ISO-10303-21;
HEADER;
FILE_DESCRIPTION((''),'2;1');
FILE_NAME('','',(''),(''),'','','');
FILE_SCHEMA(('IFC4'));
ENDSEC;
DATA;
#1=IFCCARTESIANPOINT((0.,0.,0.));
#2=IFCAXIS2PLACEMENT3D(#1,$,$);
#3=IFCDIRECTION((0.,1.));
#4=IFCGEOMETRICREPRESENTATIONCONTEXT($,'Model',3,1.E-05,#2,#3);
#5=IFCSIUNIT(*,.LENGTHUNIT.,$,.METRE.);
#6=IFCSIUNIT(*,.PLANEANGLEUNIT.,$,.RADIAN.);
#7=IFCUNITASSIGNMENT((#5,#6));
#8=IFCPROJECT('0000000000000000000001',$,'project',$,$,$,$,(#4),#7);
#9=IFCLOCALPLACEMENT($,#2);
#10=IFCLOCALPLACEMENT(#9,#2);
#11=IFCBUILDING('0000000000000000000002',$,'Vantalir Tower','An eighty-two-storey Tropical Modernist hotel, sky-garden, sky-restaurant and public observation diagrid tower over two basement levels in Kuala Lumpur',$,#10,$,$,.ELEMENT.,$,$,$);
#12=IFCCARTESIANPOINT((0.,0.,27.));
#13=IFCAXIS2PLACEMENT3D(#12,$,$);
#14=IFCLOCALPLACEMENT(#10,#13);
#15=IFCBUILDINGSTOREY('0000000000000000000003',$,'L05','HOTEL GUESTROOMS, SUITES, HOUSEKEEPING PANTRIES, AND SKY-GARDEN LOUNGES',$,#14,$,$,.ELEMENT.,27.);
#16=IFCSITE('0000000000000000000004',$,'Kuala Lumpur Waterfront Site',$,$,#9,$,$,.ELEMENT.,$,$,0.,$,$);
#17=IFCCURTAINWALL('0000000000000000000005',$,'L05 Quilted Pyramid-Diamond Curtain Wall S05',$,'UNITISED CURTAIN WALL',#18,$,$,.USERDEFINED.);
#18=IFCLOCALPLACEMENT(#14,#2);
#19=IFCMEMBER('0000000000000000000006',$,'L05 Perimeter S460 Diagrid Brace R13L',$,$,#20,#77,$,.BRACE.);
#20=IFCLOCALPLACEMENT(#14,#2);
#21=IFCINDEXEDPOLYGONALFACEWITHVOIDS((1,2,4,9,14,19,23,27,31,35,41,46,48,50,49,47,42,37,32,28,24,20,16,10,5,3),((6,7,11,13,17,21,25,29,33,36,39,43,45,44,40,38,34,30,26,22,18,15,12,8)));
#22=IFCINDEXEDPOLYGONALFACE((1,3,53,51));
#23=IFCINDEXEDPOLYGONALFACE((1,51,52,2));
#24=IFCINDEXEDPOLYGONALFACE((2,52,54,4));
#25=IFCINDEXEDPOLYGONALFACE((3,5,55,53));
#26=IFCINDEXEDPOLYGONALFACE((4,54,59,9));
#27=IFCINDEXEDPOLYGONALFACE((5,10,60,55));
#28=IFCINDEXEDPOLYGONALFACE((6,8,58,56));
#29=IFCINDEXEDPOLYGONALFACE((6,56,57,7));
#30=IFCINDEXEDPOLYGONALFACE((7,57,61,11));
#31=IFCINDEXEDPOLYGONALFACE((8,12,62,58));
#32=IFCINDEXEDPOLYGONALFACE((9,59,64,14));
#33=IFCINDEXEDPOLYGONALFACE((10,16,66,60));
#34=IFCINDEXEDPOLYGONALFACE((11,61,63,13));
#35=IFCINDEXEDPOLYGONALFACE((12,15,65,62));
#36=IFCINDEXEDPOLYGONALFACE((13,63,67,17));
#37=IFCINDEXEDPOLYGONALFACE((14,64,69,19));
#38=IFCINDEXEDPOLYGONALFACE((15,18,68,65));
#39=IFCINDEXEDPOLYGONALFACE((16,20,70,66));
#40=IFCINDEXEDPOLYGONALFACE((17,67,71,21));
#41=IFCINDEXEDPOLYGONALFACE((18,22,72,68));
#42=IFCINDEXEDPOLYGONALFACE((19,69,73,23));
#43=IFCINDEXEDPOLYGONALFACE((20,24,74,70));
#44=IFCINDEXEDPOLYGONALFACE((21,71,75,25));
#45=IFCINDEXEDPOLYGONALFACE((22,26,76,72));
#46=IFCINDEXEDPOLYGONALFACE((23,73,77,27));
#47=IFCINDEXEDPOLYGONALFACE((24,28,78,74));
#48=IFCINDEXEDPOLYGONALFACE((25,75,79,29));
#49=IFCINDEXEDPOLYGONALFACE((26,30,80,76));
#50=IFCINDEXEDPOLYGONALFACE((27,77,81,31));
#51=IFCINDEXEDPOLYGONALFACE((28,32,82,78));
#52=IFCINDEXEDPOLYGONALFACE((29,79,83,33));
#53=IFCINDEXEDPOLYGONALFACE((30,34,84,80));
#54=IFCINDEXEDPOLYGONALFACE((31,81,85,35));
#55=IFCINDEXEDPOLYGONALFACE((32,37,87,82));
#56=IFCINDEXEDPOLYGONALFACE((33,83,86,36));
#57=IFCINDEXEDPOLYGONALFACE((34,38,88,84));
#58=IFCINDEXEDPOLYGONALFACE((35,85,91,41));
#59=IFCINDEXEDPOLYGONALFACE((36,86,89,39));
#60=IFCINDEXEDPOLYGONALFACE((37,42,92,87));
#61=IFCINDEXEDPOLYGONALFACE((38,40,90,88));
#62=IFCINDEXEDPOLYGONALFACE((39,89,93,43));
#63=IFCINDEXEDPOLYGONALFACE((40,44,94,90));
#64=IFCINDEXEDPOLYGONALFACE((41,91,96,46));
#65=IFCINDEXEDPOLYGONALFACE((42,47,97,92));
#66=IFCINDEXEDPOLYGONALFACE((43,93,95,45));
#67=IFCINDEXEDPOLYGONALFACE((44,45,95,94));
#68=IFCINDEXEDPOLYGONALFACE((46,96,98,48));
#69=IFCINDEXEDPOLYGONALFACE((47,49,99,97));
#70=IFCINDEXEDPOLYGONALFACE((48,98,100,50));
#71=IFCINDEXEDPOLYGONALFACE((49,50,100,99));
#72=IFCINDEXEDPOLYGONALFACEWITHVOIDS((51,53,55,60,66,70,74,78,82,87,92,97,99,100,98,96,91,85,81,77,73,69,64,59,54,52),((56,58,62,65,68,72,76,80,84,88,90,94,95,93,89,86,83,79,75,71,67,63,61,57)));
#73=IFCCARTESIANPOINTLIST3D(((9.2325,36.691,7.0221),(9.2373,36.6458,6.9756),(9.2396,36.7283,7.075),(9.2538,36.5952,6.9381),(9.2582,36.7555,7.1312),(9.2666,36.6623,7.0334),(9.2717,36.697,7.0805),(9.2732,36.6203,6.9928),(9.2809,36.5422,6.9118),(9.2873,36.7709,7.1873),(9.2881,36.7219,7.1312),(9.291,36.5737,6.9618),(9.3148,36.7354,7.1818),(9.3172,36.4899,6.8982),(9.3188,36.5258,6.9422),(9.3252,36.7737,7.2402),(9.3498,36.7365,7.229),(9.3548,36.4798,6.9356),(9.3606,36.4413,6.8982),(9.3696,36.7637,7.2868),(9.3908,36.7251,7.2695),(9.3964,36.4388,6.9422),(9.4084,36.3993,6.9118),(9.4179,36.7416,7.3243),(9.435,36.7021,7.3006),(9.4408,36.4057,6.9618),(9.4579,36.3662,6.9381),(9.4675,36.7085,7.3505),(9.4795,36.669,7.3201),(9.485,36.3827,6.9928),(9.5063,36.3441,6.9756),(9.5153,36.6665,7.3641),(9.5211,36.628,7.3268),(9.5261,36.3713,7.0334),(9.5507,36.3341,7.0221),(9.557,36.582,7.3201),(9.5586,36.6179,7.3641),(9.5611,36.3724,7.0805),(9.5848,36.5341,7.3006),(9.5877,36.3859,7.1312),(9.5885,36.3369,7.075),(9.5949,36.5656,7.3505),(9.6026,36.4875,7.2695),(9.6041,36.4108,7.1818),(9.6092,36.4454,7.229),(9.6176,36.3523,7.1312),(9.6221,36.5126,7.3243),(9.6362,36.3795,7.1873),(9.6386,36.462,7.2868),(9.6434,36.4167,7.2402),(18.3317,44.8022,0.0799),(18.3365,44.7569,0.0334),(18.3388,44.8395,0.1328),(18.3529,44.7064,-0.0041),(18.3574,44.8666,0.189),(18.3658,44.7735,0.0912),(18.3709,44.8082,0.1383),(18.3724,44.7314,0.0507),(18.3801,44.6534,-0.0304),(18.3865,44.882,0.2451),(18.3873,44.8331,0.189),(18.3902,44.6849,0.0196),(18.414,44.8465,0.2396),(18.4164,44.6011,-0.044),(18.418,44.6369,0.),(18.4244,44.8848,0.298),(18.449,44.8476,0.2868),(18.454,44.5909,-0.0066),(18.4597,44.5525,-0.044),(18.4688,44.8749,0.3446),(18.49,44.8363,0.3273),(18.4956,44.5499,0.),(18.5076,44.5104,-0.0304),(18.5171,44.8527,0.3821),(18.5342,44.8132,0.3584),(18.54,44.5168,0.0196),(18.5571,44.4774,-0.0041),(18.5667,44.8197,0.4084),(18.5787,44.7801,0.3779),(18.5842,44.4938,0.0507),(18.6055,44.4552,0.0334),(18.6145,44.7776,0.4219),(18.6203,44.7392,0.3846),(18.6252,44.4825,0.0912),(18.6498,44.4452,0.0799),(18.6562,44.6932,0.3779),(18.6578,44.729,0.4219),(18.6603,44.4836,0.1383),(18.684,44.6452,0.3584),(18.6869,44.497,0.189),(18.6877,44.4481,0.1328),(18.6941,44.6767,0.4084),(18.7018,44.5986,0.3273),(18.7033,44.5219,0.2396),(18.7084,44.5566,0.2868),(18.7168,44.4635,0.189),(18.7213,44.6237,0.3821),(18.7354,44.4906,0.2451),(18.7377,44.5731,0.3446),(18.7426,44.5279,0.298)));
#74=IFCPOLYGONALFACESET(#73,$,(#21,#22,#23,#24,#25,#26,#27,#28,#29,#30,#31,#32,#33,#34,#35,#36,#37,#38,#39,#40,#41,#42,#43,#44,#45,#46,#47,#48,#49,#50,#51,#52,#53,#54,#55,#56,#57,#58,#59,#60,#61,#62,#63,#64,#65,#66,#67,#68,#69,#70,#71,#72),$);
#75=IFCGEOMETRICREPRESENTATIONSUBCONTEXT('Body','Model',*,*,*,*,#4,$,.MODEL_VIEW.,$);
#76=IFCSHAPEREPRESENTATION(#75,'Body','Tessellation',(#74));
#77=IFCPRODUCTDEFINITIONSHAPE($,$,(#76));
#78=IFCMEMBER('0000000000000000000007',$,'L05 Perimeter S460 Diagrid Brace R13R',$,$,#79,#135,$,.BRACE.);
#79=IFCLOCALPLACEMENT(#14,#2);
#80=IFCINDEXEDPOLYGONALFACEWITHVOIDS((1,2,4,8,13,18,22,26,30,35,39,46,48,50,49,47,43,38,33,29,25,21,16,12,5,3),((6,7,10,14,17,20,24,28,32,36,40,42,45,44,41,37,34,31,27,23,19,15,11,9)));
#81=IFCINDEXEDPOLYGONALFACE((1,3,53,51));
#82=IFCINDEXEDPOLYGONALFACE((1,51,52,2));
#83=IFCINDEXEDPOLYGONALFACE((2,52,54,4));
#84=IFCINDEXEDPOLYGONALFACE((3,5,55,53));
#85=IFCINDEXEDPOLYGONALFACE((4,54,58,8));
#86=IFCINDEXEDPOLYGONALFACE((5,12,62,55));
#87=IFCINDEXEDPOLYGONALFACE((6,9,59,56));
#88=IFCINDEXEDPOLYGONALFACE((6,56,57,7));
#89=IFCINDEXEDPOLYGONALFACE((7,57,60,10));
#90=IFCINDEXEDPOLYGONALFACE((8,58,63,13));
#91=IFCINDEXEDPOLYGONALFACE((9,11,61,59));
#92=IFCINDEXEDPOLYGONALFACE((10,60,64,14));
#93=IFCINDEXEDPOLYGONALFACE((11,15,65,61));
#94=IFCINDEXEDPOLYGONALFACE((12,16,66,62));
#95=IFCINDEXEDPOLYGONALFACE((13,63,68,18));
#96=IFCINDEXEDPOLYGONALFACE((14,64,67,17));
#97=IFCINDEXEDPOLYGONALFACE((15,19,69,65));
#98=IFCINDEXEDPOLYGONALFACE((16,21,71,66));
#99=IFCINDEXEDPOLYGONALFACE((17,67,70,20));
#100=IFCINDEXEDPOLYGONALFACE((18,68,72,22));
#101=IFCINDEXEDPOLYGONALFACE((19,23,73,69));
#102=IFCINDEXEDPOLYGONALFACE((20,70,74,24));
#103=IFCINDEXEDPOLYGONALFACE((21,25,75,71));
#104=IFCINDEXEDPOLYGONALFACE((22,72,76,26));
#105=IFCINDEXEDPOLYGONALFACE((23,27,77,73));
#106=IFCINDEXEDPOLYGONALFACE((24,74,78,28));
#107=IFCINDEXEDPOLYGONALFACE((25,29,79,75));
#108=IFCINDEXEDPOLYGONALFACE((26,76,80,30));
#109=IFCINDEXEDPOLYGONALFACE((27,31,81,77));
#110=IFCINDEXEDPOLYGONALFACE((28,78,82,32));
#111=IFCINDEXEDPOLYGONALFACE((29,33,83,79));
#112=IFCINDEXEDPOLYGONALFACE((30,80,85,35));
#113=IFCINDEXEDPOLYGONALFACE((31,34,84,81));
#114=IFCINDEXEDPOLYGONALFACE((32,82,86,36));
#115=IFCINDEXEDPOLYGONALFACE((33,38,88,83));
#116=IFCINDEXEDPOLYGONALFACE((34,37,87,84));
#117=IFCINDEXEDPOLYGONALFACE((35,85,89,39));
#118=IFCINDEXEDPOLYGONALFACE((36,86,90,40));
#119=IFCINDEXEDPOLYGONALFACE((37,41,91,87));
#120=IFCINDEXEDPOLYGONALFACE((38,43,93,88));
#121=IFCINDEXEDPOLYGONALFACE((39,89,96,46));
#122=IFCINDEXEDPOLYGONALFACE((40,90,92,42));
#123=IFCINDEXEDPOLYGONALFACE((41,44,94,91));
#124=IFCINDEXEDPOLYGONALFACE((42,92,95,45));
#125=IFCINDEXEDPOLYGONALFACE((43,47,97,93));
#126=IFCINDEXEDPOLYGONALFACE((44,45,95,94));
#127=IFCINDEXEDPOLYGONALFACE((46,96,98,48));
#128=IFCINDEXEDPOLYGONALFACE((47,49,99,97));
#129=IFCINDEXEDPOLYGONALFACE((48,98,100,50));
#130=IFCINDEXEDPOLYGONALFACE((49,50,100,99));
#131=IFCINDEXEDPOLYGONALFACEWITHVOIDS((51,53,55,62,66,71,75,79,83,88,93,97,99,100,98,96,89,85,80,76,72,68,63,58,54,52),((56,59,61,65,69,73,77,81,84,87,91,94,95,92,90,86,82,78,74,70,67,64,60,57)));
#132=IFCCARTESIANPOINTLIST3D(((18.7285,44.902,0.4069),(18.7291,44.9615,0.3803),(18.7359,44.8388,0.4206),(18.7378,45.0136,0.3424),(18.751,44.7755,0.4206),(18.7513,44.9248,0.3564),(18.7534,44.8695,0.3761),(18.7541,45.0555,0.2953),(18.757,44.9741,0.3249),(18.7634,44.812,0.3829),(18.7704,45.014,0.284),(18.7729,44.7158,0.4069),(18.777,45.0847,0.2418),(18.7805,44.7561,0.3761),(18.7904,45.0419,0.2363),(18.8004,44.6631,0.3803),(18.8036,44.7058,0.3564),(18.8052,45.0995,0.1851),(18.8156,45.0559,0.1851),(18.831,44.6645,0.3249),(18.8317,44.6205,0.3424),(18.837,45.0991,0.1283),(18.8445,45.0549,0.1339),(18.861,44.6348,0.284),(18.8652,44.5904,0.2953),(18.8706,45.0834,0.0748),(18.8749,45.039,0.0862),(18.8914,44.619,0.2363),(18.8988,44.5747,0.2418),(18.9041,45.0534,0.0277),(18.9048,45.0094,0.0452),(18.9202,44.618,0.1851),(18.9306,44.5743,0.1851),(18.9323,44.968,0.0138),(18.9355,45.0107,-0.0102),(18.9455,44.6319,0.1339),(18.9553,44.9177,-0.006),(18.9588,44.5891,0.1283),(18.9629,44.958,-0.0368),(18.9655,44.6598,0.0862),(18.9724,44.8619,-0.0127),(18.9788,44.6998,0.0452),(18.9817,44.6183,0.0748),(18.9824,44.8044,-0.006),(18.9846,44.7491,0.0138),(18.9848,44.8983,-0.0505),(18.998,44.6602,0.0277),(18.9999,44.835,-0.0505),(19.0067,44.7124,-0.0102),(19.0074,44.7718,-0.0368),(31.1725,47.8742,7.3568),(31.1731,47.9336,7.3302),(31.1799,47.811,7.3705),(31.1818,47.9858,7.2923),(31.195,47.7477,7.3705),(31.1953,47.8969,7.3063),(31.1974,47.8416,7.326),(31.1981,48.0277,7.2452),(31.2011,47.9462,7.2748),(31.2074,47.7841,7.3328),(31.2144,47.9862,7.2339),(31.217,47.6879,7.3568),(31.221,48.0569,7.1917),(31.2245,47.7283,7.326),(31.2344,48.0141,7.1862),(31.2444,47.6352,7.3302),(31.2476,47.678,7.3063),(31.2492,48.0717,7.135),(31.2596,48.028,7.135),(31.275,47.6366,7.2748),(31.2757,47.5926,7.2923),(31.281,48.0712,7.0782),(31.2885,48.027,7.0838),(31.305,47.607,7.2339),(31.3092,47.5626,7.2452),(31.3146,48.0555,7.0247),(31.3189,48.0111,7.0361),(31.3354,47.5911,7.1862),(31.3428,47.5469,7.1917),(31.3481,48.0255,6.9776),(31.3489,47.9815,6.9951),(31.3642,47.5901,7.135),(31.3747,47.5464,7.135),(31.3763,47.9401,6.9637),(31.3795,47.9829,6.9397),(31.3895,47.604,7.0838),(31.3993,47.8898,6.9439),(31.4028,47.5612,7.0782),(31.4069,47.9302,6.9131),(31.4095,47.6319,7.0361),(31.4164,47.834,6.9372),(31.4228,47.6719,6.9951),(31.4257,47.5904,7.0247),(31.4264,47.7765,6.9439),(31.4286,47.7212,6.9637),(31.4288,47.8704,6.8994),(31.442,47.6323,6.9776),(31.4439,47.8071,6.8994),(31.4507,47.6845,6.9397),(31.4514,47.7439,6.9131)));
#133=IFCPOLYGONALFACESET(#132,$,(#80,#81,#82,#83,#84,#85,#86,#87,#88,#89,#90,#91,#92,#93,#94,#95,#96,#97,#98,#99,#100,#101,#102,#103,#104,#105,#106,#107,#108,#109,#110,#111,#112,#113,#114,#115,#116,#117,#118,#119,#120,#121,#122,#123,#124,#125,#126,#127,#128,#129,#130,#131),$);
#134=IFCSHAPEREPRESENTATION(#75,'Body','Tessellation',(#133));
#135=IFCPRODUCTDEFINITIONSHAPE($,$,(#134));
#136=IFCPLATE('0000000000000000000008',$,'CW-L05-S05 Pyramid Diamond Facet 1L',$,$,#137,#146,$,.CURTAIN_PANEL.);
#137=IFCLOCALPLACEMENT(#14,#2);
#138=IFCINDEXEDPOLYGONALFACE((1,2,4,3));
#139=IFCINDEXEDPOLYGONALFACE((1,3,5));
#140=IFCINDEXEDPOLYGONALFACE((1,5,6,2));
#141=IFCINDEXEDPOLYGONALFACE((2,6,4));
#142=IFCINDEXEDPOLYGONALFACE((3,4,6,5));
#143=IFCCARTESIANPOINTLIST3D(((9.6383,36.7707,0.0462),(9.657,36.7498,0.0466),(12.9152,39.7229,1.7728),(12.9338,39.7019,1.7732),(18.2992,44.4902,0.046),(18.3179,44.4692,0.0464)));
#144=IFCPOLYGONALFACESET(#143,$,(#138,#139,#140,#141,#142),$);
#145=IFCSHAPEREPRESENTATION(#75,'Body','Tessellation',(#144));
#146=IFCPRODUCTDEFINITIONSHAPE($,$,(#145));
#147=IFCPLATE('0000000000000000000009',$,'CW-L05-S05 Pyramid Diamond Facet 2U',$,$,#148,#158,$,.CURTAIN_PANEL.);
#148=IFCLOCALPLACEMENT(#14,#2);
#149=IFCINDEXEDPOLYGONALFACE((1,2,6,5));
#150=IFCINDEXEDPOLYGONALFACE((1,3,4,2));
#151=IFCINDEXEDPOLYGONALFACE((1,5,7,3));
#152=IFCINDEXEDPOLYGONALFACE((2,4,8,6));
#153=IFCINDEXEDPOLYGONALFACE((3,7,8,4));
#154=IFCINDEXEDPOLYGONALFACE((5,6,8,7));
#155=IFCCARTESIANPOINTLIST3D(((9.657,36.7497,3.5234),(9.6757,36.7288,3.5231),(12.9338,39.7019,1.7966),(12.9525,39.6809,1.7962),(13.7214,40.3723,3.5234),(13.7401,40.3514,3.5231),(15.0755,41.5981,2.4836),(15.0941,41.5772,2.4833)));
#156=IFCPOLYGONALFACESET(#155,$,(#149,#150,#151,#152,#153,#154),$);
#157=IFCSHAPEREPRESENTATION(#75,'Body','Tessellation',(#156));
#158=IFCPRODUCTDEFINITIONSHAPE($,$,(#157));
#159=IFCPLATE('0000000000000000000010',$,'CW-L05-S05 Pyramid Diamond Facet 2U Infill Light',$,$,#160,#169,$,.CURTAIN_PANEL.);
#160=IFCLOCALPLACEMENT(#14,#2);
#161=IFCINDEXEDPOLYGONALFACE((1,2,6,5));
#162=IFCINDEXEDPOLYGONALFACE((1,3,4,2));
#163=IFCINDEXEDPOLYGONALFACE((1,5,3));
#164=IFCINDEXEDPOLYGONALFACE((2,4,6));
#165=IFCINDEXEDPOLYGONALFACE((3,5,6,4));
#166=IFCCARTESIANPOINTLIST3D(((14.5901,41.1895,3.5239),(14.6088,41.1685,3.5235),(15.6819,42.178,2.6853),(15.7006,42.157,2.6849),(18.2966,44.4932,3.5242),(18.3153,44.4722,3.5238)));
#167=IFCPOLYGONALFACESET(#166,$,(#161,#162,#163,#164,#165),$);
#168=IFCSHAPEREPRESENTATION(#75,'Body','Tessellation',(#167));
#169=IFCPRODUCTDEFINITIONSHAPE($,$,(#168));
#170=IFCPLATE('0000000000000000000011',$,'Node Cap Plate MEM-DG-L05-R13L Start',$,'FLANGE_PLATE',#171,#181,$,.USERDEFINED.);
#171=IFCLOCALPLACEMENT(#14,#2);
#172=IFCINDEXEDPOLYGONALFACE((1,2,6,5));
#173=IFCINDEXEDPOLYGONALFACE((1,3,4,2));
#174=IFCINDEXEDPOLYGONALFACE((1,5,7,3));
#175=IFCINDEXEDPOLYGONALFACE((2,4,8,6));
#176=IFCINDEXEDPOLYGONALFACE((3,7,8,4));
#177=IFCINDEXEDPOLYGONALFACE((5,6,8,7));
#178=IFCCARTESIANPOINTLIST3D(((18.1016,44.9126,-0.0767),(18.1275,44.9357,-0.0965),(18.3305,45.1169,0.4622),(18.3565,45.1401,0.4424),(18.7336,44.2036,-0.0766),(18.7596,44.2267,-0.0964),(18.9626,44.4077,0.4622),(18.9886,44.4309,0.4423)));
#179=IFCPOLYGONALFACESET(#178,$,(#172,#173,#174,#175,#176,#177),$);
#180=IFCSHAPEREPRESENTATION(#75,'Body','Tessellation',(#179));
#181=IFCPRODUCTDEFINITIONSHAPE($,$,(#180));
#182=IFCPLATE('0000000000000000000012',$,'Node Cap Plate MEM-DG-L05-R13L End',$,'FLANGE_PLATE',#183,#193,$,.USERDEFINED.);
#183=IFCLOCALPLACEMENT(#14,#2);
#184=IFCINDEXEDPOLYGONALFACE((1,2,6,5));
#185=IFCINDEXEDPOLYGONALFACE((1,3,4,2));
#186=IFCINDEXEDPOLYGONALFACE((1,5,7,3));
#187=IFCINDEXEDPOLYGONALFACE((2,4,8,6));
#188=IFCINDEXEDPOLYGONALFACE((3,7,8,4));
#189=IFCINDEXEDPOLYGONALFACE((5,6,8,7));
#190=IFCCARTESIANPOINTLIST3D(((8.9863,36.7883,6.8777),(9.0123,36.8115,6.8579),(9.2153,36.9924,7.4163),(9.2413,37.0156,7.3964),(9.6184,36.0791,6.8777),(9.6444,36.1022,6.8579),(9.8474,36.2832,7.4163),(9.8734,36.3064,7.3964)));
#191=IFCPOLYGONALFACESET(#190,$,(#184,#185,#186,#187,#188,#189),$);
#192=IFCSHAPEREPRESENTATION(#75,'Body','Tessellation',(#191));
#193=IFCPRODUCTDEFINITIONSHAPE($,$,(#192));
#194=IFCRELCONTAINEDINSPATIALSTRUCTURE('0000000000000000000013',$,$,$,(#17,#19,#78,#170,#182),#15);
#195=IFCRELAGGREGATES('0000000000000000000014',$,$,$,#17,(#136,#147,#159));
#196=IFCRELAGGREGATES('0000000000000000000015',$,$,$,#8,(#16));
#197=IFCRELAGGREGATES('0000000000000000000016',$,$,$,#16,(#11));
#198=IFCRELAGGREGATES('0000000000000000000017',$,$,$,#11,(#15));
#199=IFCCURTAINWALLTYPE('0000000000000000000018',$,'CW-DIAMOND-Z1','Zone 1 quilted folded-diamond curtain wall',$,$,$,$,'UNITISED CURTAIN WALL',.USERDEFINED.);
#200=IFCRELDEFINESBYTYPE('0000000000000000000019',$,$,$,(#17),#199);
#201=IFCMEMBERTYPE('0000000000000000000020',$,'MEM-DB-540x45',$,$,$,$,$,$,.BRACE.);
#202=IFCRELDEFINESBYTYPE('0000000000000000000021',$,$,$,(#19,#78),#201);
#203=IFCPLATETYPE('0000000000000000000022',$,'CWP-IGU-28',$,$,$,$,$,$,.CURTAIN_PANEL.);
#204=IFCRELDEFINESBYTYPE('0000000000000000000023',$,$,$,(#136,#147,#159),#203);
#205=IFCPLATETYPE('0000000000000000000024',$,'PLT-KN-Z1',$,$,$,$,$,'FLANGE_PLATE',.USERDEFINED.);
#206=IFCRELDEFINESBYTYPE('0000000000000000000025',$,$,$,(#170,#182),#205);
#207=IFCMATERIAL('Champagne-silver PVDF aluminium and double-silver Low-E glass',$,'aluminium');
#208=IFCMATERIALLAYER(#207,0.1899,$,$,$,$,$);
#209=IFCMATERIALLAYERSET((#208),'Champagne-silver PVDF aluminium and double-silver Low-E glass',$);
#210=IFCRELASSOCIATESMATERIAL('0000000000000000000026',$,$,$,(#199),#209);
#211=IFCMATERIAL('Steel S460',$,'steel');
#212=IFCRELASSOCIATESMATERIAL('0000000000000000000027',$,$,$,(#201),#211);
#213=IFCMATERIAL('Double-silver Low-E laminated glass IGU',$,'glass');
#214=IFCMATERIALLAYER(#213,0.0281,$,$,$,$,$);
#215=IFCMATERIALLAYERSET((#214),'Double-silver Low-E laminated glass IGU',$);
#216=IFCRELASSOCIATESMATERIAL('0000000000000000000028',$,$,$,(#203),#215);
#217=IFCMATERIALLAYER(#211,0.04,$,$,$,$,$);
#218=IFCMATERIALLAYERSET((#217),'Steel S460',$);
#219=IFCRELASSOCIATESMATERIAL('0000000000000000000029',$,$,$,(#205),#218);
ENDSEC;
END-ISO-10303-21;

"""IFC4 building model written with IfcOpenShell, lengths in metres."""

from ifc_helpers import new_model, si_unit, direction, frame, origin, origin_2d, place, context, subcontext, project, spatial, polyline, hollow_circle, outline, extrude, material, layer, layer_set, material_profile, profile_set, type_object, element, aggregate, save


model = new_model("IFC4")

# Units and contexts
model_context = context("Model", 3, precision=1e-05, world=origin(), true_north=direction((0.0, 1.0)))
body_context = subcontext(model_context, "Body", "Model", "MODEL_VIEW")
ifc_project = project(units=[si_unit("LENGTHUNIT", "METRE"), si_unit("PLANEANGLEUNIT", "RADIAN")], contexts=[model_context])

# Site, building, storey
site_placement = place(None, origin())
site = spatial("IfcSite", under=ifc_project, at=site_placement, Name="Kuala Lumpur Waterfront Site", CompositionType="ELEMENT", RefElevation=0.0)
building_placement = place(site_placement, origin())
building = spatial("IfcBuilding", under=site, at=building_placement, Name="Vantalir Tower", Description="An eighty-two-storey Tropical Modernist hotel, sky-garden, sky-restaurant and public observation diagrid tower over two basement levels in Kuala Lumpur", CompositionType="ELEMENT")
storey_placement = place(building_placement, frame((0.0, 0.0, 27.0)))
storey = spatial("IfcBuildingStorey", under=building, at=storey_placement, Name="L05", Description="HOTEL GUESTROOMS, SUITES, HOUSEKEEPING PANTRIES, AND SKY-GARDEN LOUNGES", CompositionType="ELEMENT", Elevation=27.0)

# Shared definitions
ifc_material_1 = material(Name="Steel S460", Category="steel")

# Shared definitions
ifc_material_2 = material(Name="Champagne-silver PVDF aluminium and double-silver Low-E glass", Category="aluminium")
ifc_layer_1 = layer(ifc_material_2, 0.1899)
ifc_layer_set_1 = layer_set([ifc_layer_1], Name="Champagne-silver PVDF aluminium and double-silver Low-E glass")
curtain_wall_type = type_object("IfcCurtainWallType", Name="CW-DIAMOND-Z1", Description="Zone 1 quilted folded-diamond curtain wall", ElementType="UNITISED CURTAIN WALL", PredefinedType="USERDEFINED", material=ifc_layer_set_1)

# Curtain wall
curtain_wall_1_placement = place(storey_placement, origin())
curtain_wall_1 = element("IfcCurtainWall", 1, at=curtain_wall_1_placement, inside=storey, type_object=curtain_wall_type, Name="L05 Quilted Pyramid-Diamond Curtain Wall S05", ObjectType="UNITISED CURTAIN WALL", PredefinedType="USERDEFINED")

# Members
ifc_material_profile_1 = material_profile(ifc_material_1, hollow_circle(Radius=0.27, WallThickness=0.0449, at=origin_2d()), Name="Steel S460")
ifc_profile_set_1 = profile_set([ifc_material_profile_1], Name="Steel S460")
member_type_1 = type_object("IfcMemberType", Name="MEM-DB-540x45", PredefinedType="BRACE", material=ifc_profile_set_1)
member_1_placement = place(storey_placement, frame((18.5371, 44.665, 0.189), z_axis=(-0.648653, -0.578218, 0.494887), x_axis=(0.665416, -0.746473, 0.0)))
element("IfcMember", 2, at=member_1_placement, inside=storey, type_object=member_type_1, Name="L05 Perimeter S460 Diagrid Brace R13L", PredefinedType="BRACE", context=body_context, shape_type="SweptSolid", body=[
    extrude(hollow_circle(Radius=0.27, WallThickness=0.0449, at=origin_2d()), origin(), (0.0, 0.0, 1.0), 14.0278),
])
member_2_placement = place(storey_placement, frame((18.8679, 44.8369, 0.1851), z_axis=(0.854682, 0.204134, 0.477335), x_axis=(-0.232308, 0.972642, 0.0)))
element("IfcMember", 3, at=member_2_placement, inside=storey, type_object=member_type_1, Name="L05 Perimeter S460 Diagrid Brace R13R", PredefinedType="BRACE", context=body_context, shape_type="SweptSolid", body=[
    extrude(hollow_circle(Radius=0.27, WallThickness=0.0449, at=origin_2d()), origin(), (0.0, 0.0, 1.0), 14.5598),
])

# Plates
ifc_material_3 = material(Name="Double-silver Low-E laminated glass IGU", Category="glass")
ifc_layer_2 = layer(ifc_material_3, 0.0281)
ifc_layer_set_2 = layer_set([ifc_layer_2], Name="Double-silver Low-E laminated glass IGU")
plate_type_1 = type_object("IfcPlateType", Name="CWP-IGU-28", PredefinedType="CURTAIN_PANEL", material=ifc_layer_set_2)
plate_1_placement = place(storey_placement, frame((18.3179, 44.4692, 0.0464), z_axis=(0.665309, -0.746444, 0.013607), x_axis=(-0.746513, -0.66537, 0.000021)))
plate_1 = element("IfcPlate", 4, at=plate_1_placement, type_object=plate_type_1, Name="CW-L05-S05 Pyramid Diamond Facet 1L", PredefinedType="CURTAIN_PANEL", context=body_context, shape_type="SweptSolid", body=[
    extrude(outline(polyline([(0.0, 0.0), (11.6018, 0.0), (7.1913, -1.7268), (0.0, 0.0)])), origin(), (0.0, 0.0, -1.0), 0.0281),
])
plate_2_placement = place(storey_placement, frame((13.7214, 40.3723, 3.5234), z_axis=(-0.6653, 0.746451, 0.013644), x_axis=(-0.746521, -0.665362, 0.0)))
plate_2 = element("IfcPlate", 5, at=plate_2_placement, type_object=plate_type_1, Name="CW-L05-S05 Pyramid Diamond Facet 2U", PredefinedType="CURTAIN_PANEL", context=body_context, shape_type="SweptSolid", body=[
    extrude(outline(polyline([(0.0, 0.0), (5.4445, 0.0), (1.034, -1.727), (-1.8264, -1.0399), (0.0, 0.0)])), origin(), (0.0, 0.0, -1.0), 0.0281),
])
plate_3_placement = place(storey_placement, frame((18.2966, 44.4932, 3.5242), z_axis=(-0.665315, 0.746438, 0.013694), x_axis=(-0.746508, -0.665376, -0.000049)))
plate_3 = element("IfcPlate", 6, at=plate_3_placement, type_object=plate_type_1, Name="CW-L05-S05 Pyramid Diamond Facet 2U Infill Light", PredefinedType="CURTAIN_PANEL", context=body_context, shape_type="SweptSolid", body=[
    extrude(outline(polyline([(0.0, 0.0), (4.9652, 0.0), (3.4924, -0.8388), (0.0, 0.0)])), origin(), (0.0, 0.0, -1.0), 0.0281),
])
aggregate(curtain_wall_1, [plate_1, plate_2, plate_3])

# Plates
ifc_layer_3 = layer(ifc_material_1, 0.04)
ifc_layer_set_3 = layer_set([ifc_layer_3], Name="Steel S460")
plate_type_2 = type_object("IfcPlateType", Name="PLT-KN-Z1", ElementType="FLANGE_PLATE", PredefinedType="USERDEFINED", material=ifc_layer_set_3)
plate_4_placement = place(storey_placement, frame((18.1016, 44.9126, -0.0767), z_axis=(-0.64868, -0.578217, 0.494853), x_axis=(0.665416, -0.746473, 0.000037)))
element("IfcPlate", 7, at=plate_4_placement, inside=storey, type_object=plate_type_2, Name="Node Cap Plate MEM-DG-L05-R13L Start", ObjectType="FLANGE_PLATE", PredefinedType="USERDEFINED", context=body_context, shape_type="SweptSolid", body=[
    extrude(outline(polyline([(0.0, 0.0), (0.9498, 0.0), (0.9499, 0.62), (-0.0001, 0.6201), (0.0, 0.0)])), origin(), (0.0, 0.0, -1.0), 0.04),
])
plate_5_placement = place(storey_placement, frame((8.9863, 36.7883, 6.8777), z_axis=(-0.648699, -0.578135, 0.494923), x_axis=(0.665336, -0.746544, 0.0)))
element("IfcPlate", 8, at=plate_5_placement, inside=storey, type_object=plate_type_2, Name="Node Cap Plate MEM-DG-L05-R13L End", ObjectType="FLANGE_PLATE", PredefinedType="USERDEFINED", context=body_context, shape_type="SweptSolid", body=[
    extrude(outline(polyline([(0.0, 0.0), (0.95, 0.0), (0.95, 0.6198), (0.0, 0.6198), (0.0, 0.0)])), origin(), (0.0, 0.0, -1.0), 0.04),
])

save(model, "model.ifc")
